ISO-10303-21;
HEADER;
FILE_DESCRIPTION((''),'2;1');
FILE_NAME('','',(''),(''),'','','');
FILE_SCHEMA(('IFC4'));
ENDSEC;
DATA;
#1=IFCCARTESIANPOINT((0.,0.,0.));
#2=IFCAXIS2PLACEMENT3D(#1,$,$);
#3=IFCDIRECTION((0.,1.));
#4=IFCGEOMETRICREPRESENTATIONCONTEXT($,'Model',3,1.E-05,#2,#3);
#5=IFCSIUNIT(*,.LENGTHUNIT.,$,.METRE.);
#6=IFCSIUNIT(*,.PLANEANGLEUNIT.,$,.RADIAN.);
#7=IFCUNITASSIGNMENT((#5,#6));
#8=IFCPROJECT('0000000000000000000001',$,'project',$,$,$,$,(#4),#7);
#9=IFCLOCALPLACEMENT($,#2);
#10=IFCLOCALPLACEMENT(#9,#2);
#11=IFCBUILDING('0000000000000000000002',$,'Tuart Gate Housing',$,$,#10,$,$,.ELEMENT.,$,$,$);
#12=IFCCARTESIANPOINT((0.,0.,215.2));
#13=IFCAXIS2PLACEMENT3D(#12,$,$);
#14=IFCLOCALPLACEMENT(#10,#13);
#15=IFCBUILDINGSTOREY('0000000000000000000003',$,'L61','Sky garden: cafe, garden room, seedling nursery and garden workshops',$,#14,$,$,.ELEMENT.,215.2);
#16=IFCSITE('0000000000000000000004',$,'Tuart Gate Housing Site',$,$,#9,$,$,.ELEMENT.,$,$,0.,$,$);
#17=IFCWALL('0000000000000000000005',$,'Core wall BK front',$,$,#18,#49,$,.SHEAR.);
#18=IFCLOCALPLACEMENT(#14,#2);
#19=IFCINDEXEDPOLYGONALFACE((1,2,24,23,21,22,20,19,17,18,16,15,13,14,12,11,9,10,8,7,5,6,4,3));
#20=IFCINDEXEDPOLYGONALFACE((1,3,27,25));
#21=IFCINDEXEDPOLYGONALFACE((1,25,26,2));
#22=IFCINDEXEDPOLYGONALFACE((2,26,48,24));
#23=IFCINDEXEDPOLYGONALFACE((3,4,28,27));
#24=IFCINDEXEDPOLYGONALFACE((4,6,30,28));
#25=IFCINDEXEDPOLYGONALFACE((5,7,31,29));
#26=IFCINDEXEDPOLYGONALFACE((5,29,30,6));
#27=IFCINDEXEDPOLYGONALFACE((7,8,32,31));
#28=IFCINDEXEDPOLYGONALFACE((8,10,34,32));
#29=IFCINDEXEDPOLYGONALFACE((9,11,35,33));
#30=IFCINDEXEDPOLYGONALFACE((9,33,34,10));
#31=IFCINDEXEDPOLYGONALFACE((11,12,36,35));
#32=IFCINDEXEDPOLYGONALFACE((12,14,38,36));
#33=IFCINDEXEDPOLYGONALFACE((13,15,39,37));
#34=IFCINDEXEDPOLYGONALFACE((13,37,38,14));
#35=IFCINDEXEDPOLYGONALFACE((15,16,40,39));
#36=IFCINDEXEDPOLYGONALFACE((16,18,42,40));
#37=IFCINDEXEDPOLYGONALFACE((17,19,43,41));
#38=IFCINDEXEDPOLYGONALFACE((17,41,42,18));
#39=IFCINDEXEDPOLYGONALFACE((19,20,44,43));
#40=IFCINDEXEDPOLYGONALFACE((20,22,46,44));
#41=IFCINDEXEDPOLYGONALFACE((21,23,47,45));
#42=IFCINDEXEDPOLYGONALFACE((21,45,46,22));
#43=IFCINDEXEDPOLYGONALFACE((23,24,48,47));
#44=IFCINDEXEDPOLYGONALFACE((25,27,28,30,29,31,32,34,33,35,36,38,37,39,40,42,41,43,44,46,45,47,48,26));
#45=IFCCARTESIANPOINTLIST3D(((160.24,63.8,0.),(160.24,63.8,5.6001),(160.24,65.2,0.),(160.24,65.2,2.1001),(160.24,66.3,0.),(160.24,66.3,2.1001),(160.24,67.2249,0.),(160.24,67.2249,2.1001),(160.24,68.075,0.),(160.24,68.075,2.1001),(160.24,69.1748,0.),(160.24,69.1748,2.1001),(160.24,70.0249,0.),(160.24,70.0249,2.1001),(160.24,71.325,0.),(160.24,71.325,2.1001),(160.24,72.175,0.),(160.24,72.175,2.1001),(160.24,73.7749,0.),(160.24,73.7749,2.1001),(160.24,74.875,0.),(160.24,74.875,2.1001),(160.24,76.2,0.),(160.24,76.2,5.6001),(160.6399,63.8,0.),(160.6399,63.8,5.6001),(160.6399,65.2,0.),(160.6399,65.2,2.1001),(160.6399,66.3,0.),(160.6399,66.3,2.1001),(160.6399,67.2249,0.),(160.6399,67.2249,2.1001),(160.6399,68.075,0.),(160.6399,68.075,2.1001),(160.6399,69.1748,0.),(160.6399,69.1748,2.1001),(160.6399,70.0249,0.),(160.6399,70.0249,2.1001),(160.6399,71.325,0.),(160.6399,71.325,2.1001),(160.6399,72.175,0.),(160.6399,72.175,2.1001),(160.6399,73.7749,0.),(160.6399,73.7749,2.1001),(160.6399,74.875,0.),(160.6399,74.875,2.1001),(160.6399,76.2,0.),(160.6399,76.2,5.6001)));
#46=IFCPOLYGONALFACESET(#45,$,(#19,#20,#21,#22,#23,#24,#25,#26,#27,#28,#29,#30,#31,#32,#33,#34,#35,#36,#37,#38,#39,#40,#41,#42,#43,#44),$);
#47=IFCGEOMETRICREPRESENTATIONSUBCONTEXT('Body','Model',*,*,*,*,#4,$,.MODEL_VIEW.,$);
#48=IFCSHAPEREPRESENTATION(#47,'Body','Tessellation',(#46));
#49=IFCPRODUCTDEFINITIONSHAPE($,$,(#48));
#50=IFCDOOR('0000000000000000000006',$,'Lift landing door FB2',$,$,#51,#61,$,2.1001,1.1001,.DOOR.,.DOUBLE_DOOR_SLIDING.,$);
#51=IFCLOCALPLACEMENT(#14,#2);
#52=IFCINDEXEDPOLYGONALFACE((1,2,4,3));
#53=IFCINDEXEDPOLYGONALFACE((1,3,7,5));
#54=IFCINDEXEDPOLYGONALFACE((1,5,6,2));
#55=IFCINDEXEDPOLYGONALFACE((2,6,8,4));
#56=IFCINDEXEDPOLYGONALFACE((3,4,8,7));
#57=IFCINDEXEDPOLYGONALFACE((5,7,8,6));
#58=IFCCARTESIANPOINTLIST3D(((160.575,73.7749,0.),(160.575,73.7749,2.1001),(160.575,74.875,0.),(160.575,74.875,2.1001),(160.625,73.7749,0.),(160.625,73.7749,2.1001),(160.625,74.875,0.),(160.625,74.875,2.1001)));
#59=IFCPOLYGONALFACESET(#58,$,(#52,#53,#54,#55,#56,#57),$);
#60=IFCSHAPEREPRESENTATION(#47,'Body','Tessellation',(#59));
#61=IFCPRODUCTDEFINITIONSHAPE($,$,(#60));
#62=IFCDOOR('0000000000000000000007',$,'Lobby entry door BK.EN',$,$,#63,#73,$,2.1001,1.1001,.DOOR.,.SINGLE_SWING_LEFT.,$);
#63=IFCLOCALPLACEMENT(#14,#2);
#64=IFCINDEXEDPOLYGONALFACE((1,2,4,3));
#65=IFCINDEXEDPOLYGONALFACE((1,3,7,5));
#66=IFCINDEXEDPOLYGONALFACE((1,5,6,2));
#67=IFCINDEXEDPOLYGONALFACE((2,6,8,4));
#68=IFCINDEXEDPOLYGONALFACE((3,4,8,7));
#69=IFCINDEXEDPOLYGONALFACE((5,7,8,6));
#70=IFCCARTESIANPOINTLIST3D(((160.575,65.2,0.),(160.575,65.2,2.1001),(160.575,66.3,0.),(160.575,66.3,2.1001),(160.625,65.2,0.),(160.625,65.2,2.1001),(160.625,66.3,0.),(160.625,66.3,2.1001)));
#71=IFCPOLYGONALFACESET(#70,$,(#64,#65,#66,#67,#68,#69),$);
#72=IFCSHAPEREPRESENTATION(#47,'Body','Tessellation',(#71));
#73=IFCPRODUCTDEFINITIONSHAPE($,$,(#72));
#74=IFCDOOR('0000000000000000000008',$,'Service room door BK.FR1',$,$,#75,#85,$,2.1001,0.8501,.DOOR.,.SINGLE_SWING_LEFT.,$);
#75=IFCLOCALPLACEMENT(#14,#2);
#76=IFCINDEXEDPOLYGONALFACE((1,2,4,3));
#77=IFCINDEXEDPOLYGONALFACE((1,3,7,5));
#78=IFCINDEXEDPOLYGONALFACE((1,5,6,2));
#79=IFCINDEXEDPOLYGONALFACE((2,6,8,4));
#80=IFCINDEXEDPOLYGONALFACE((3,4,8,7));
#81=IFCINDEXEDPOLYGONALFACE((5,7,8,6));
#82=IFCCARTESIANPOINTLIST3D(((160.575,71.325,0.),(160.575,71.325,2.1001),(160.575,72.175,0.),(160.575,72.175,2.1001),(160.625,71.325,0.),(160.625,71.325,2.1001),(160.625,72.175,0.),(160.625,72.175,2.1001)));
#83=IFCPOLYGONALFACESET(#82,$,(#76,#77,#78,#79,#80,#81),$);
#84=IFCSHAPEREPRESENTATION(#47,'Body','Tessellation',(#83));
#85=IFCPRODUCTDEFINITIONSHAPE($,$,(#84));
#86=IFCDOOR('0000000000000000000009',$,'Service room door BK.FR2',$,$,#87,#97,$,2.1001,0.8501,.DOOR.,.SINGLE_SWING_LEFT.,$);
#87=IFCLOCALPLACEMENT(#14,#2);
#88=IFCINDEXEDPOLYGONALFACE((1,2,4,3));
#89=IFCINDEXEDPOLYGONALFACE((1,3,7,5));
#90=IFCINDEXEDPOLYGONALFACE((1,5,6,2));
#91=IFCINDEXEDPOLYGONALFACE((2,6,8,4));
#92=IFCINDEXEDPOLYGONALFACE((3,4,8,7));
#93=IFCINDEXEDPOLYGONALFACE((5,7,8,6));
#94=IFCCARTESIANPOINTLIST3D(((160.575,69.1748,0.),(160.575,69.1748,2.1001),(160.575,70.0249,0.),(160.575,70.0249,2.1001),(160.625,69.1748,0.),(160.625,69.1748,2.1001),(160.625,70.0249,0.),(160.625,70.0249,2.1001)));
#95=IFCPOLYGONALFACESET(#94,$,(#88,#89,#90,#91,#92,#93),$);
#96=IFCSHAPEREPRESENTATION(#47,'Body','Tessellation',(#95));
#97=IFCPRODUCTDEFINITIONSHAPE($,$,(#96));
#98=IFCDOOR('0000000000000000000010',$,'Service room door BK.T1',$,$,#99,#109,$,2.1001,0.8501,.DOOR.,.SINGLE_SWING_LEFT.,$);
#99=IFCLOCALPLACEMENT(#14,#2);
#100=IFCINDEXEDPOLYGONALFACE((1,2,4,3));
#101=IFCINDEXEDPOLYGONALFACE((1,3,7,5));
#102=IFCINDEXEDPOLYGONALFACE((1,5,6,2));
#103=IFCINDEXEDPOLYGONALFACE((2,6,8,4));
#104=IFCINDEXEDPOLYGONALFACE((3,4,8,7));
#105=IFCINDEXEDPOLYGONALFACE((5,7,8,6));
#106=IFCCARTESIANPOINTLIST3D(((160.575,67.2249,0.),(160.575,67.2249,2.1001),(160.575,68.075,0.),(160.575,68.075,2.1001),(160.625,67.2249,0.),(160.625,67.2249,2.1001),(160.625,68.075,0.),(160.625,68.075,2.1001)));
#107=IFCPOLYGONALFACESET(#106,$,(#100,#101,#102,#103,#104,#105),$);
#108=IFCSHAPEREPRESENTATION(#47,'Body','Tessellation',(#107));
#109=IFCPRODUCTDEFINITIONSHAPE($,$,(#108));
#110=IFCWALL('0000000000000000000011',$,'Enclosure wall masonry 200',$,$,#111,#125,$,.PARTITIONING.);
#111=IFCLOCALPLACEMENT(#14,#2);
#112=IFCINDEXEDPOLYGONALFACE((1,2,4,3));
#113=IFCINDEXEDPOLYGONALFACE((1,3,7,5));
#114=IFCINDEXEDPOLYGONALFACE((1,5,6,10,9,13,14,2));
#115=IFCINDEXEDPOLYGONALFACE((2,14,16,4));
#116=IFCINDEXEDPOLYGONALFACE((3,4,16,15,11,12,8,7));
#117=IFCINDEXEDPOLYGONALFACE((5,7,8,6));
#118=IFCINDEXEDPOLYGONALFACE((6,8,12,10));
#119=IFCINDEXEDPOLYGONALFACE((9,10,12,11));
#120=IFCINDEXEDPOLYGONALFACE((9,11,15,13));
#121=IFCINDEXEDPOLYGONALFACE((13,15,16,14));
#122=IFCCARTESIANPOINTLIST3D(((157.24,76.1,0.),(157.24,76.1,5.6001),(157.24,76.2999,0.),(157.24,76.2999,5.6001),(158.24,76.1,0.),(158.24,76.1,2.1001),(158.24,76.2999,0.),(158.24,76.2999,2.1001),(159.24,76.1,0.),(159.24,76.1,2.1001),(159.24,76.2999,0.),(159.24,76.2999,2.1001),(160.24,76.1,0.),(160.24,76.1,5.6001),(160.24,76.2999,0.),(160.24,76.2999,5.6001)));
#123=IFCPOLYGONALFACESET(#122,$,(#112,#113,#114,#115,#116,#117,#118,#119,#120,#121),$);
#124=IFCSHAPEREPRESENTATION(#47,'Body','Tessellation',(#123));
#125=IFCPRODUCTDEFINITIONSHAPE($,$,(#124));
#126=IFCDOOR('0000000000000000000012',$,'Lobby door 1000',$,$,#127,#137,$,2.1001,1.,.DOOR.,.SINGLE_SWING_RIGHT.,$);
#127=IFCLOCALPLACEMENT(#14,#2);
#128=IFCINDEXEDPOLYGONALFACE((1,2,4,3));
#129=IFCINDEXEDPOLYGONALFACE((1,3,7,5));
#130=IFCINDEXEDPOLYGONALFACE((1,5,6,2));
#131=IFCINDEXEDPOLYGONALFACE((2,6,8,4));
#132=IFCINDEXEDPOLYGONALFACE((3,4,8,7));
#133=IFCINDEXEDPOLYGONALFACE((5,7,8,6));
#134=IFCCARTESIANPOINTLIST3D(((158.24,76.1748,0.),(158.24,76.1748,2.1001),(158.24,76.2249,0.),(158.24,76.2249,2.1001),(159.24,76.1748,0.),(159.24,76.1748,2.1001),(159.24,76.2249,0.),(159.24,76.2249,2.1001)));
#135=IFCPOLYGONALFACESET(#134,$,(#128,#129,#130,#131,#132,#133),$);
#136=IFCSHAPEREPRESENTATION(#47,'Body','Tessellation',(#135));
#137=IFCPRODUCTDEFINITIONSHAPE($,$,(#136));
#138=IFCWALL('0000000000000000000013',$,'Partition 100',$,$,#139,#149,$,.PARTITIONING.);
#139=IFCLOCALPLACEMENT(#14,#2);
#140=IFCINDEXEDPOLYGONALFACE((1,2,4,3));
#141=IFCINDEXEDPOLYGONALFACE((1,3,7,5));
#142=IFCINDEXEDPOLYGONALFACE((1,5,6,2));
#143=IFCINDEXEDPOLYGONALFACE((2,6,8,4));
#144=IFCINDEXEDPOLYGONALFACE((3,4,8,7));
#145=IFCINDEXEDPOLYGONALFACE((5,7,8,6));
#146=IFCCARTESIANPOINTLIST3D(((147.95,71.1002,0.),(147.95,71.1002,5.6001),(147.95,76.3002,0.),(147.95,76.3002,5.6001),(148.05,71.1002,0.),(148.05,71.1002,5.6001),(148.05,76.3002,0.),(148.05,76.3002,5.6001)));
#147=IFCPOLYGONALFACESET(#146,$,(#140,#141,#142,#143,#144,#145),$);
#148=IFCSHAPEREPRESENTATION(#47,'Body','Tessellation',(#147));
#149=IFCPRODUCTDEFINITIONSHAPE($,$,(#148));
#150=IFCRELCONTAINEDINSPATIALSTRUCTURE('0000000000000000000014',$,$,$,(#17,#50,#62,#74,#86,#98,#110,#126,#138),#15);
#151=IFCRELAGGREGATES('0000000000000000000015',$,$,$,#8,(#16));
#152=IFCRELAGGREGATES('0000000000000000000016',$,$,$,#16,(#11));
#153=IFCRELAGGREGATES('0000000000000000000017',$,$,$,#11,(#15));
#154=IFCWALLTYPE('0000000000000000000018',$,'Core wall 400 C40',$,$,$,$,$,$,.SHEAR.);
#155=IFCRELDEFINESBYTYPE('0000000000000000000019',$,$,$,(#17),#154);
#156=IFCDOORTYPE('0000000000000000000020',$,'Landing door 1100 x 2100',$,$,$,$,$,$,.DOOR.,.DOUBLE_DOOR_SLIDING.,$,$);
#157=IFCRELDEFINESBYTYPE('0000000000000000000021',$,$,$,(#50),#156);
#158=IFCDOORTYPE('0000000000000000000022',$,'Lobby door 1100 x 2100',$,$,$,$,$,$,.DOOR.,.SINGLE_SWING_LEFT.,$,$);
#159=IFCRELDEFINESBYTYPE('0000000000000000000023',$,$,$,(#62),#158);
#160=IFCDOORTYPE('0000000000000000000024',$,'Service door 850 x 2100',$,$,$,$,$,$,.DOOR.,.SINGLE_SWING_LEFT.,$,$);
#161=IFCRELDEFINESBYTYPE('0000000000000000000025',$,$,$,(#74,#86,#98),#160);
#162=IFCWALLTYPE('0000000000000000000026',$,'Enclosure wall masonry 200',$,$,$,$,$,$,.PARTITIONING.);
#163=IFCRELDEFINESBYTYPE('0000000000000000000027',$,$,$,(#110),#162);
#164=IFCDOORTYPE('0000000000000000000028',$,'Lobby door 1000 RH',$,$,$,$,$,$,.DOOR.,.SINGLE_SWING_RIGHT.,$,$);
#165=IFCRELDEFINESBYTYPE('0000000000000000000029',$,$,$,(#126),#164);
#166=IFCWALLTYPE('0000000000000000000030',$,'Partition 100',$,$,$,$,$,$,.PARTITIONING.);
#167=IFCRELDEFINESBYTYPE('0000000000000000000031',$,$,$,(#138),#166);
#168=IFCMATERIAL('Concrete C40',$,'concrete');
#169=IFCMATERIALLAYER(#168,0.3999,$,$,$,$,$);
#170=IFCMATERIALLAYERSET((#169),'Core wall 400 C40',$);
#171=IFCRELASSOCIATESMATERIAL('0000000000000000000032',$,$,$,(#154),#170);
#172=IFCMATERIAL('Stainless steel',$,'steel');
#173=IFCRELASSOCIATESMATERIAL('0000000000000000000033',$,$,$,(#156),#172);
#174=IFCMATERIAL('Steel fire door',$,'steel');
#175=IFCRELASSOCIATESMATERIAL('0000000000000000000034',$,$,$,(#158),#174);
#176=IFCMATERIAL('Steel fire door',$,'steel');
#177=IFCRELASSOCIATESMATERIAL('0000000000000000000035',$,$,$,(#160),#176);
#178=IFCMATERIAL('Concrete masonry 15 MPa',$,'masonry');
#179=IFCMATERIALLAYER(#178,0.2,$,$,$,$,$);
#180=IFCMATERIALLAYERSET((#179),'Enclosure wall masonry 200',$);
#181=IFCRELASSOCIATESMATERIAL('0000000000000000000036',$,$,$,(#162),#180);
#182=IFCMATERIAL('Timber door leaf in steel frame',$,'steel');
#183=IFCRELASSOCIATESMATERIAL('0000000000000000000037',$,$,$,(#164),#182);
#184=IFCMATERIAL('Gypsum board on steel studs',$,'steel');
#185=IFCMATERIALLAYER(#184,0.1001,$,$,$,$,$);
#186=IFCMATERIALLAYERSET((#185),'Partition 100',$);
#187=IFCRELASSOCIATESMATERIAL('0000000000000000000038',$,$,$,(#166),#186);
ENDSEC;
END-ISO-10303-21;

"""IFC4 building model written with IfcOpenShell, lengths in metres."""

from ifc_helpers import new_model, si_unit, direction, frame, frame_2d, origin, place, context, subcontext, project, spatial, rectangle, extrude, material, layer, layer_set, type_object, element, fill, save


model = new_model("IFC4")

# Units and contexts
model_context = context("Model", 3, precision=1e-05, world=origin(), true_north=direction((0.0, 1.0)))
body_context = subcontext(model_context, "Body", "Model", "MODEL_VIEW")
ifc_project = project(units=[si_unit("LENGTHUNIT", "METRE"), si_unit("PLANEANGLEUNIT", "RADIAN")], contexts=[model_context])

# Site, building, storey
site_placement = place(None, origin())
site = spatial("IfcSite", under=ifc_project, at=site_placement, Name="Tuart Gate Housing Site", CompositionType="ELEMENT", RefElevation=0.0)
building_placement = place(site_placement, origin())
building = spatial("IfcBuilding", under=site, at=building_placement, Name="Tuart Gate Housing", CompositionType="ELEMENT")
storey_placement = place(building_placement, frame((0.0, 0.0, 215.2)))
storey = spatial("IfcBuildingStorey", under=building, at=storey_placement, Name="L61", Description="Sky garden: cafe, garden room, seedling nursery and garden workshops", CompositionType="ELEMENT", Elevation=215.2)

# Wall, openings, doors
ifc_material_1 = material(Name="Concrete C40", Category="concrete")
ifc_layer_1 = layer(ifc_material_1, 0.3999)
ifc_layer_set_1 = layer_set([ifc_layer_1], Name="Core wall 400 C40")
wall_type_1 = type_object("IfcWallType", Name="Core wall 400 C40", PredefinedType="SHEAR", material=ifc_layer_set_1)
wall_1_placement = place(storey_placement, frame((160.4399, 76.2, 0.0), z_axis=(0.0, 0.0, 1.0), x_axis=(0.0, -1.0, 0.0)))
wall_1 = element("IfcWall", 1, at=wall_1_placement, inside=storey, type_object=wall_type_1, Name="Core wall BK front", PredefinedType="SHEAR", context=body_context, shape_type="SweptSolid", body=[
    extrude(rectangle(XDim=12.3999, YDim=0.3999, at=frame_2d((6.2, 0.0))), origin(), (0.0, 0.0, 1.0), 5.6001),
])
opening_1_placement = place(wall_1_placement, frame((1.325, 0.0, 0.0)))
opening_1 = element("IfcOpeningElement", 2, at=opening_1_placement, cuts=wall_1, PredefinedType="OPENING", context=body_context, shape_type="SweptSolid", body=[
    extrude(rectangle(XDim=1.1001, YDim=2.1001, at=frame_2d((0.55, 1.05))), frame((0.0, 0.21, 0.0), z_axis=(0.0, -1.0, 0.0), x_axis=(1.0, 0.0, 0.0)), (0.0, 0.0, 1.0), 0.4199),
])
opening_2_placement = place(wall_1_placement, frame((4.0249, 0.0, 0.0)))
opening_2 = element("IfcOpeningElement", 3, at=opening_2_placement, cuts=wall_1, PredefinedType="OPENING", context=body_context, shape_type="SweptSolid", body=[
    extrude(rectangle(XDim=0.8501, YDim=2.1001, at=frame_2d((0.425, 1.05))), frame((0.0, 0.21, 0.0), z_axis=(0.0, -1.0, 0.0), x_axis=(1.0, 0.0, 0.0)), (0.0, 0.0, 1.0), 0.4199),
])
opening_3_placement = place(wall_1_placement, frame((6.175, 0.0, 0.0)))
opening_3 = element("IfcOpeningElement", 4, at=opening_3_placement, cuts=wall_1, PredefinedType="OPENING", context=body_context, shape_type="SweptSolid", body=[
    extrude(rectangle(XDim=0.8501, YDim=2.1001, at=frame_2d((0.425, 1.05))), frame((0.0, 0.21, 0.0), z_axis=(0.0, -1.0, 0.0), x_axis=(1.0, 0.0, 0.0)), (0.0, 0.0, 1.0), 0.4199),
])
opening_4_placement = place(wall_1_placement, frame((9.8999, 0.0, 0.0)))
opening_4 = element("IfcOpeningElement", 5, at=opening_4_placement, cuts=wall_1, PredefinedType="OPENING", context=body_context, shape_type="SweptSolid", body=[
    extrude(rectangle(XDim=1.1001, YDim=2.1001, at=frame_2d((0.55, 1.05))), frame((0.0, 0.21, 0.0), z_axis=(0.0, -1.0, 0.0), x_axis=(1.0, 0.0, 0.0)), (0.0, 0.0, 1.0), 0.4199),
])
opening_5_placement = place(wall_1_placement, frame((8.125, 0.0, 0.0)))
opening_5 = element("IfcOpeningElement", 6, at=opening_5_placement, cuts=wall_1, PredefinedType="OPENING", context=body_context, shape_type="SweptSolid", body=[
    extrude(rectangle(XDim=0.8501, YDim=2.1001, at=frame_2d((0.425, 1.05))), frame((0.0, 0.21, 0.0), z_axis=(0.0, -1.0, 0.0), x_axis=(1.0, 0.0, 0.0)), (0.0, 0.0, 1.0), 0.4199),
])
ifc_material_2 = material(Name="Stainless steel", Category="steel")
door_type_1 = type_object("IfcDoorType", Name="Landing door 1100 x 2100", OperationType="DOUBLE_DOOR_SLIDING", PredefinedType="DOOR", material=ifc_material_2)
door_1_placement = place(opening_1_placement, origin())
door_1 = element("IfcDoor", 7, at=door_1_placement, inside=storey, type_object=door_type_1, Name="Lift landing door FB2", OperationType="DOUBLE_DOOR_SLIDING", OverallHeight=2.1001, OverallWidth=1.1001, PredefinedType="DOOR", context=body_context, shape_type="SweptSolid", body=[
    extrude(rectangle(XDim=1.1001, YDim=2.1001, at=frame_2d((0.55, 1.05))), frame((0.0, 0.1851, 0.0), z_axis=(0.0, -1.0, 0.0), x_axis=(1.0, 0.0, 0.0)), (0.0, 0.0, 1.0), 0.05),
])
fill(opening_1, door_1)
ifc_material_3 = material(Name="Steel fire door", Category="steel")
door_type_2 = type_object("IfcDoorType", Name="Lobby door 1100 x 2100", OperationType="SINGLE_SWING_LEFT", PredefinedType="DOOR", material=ifc_material_3)
door_2_placement = place(opening_4_placement, origin())
door_2 = element("IfcDoor", 8, at=door_2_placement, inside=storey, type_object=door_type_2, Name="Lobby entry door BK.EN", OperationType="SINGLE_SWING_LEFT", OverallHeight=2.1001, OverallWidth=1.1001, PredefinedType="DOOR", context=body_context, shape_type="SweptSolid", body=[
    extrude(rectangle(XDim=1.1001, YDim=2.1001, at=frame_2d((0.55, 1.05))), frame((0.0, 0.1851, 0.0), z_axis=(0.0, -1.0, 0.0), x_axis=(1.0, 0.0, 0.0)), (0.0, 0.0, 1.0), 0.05),
])
fill(opening_4, door_2)
ifc_material_4 = material(Name="Steel fire door", Category="steel")
door_type_3 = type_object("IfcDoorType", Name="Service door 850 x 2100", OperationType="SINGLE_SWING_LEFT", PredefinedType="DOOR", material=ifc_material_4)
door_3_placement = place(opening_2_placement, origin())
door_3 = element("IfcDoor", 9, at=door_3_placement, inside=storey, type_object=door_type_3, Name="Service room door BK.FR1", OperationType="SINGLE_SWING_LEFT", OverallHeight=2.1001, OverallWidth=0.8501, PredefinedType="DOOR", context=body_context, shape_type="SweptSolid", body=[
    extrude(rectangle(XDim=0.8501, YDim=2.1001, at=frame_2d((0.425, 1.05))), frame((0.0, 0.1851, 0.0), z_axis=(0.0, -1.0, 0.0), x_axis=(1.0, 0.0, 0.0)), (0.0, 0.0, 1.0), 0.05),
])
fill(opening_2, door_3)
door_4_placement = place(opening_3_placement, origin())
door_4 = element("IfcDoor", 10, at=door_4_placement, inside=storey, type_object=door_type_3, Name="Service room door BK.FR2", OperationType="SINGLE_SWING_LEFT", OverallHeight=2.1001, OverallWidth=0.8501, PredefinedType="DOOR", context=body_context, shape_type="SweptSolid", body=[
    extrude(rectangle(XDim=0.8501, YDim=2.1001, at=frame_2d((0.425, 1.05))), frame((0.0, 0.1851, 0.0), z_axis=(0.0, -1.0, 0.0), x_axis=(1.0, 0.0, 0.0)), (0.0, 0.0, 1.0), 0.05),
])
fill(opening_3, door_4)
door_5_placement = place(opening_5_placement, origin())
door_5 = element("IfcDoor", 11, at=door_5_placement, inside=storey, type_object=door_type_3, Name="Service room door BK.T1", OperationType="SINGLE_SWING_LEFT", OverallHeight=2.1001, OverallWidth=0.8501, PredefinedType="DOOR", context=body_context, shape_type="SweptSolid", body=[
    extrude(rectangle(XDim=0.8501, YDim=2.1001, at=frame_2d((0.425, 1.05))), frame((0.0, 0.1851, 0.0), z_axis=(0.0, -1.0, 0.0), x_axis=(1.0, 0.0, 0.0)), (0.0, 0.0, 1.0), 0.05),
])
fill(opening_5, door_5)

# Wall, opening, door
ifc_material_5 = material(Name="Concrete masonry 15 MPa", Category="masonry")
ifc_layer_2 = layer(ifc_material_5, 0.2)
ifc_layer_set_2 = layer_set([ifc_layer_2], Name="Enclosure wall masonry 200")
wall_type_2 = type_object("IfcWallType", Name="Enclosure wall masonry 200", PredefinedType="PARTITIONING", material=ifc_layer_set_2)
wall_2_placement = place(storey_placement, frame((157.24, 76.2, 0.0), z_axis=(0.0, 0.0, 1.0), x_axis=(1.0, 0.0, 0.0)))
wall_2 = element("IfcWall", 12, at=wall_2_placement, inside=storey, type_object=wall_type_2, Name="Enclosure wall masonry 200", PredefinedType="PARTITIONING", context=body_context, shape_type="SweptSolid", body=[
    extrude(rectangle(XDim=3.0, YDim=0.2, at=frame_2d((1.5, 0.0))), origin(), (0.0, 0.0, 1.0), 5.6001),
])
opening_6_placement = place(wall_2_placement, frame((1.0, 0.0, 0.0)))
opening_6 = element("IfcOpeningElement", 13, at=opening_6_placement, cuts=wall_2, PredefinedType="OPENING", context=body_context, shape_type="SweptSolid", body=[
    extrude(rectangle(XDim=1.0, YDim=2.1001, at=frame_2d((0.5, 1.05))), frame((0.0, 0.1099, 0.0), z_axis=(0.0, -1.0, 0.0), x_axis=(1.0, 0.0, 0.0)), (0.0, 0.0, 1.0), 0.22),
])
ifc_material_6 = material(Name="Timber door leaf in steel frame", Category="steel")
door_type_4 = type_object("IfcDoorType", Name="Lobby door 1000 RH", OperationType="SINGLE_SWING_RIGHT", PredefinedType="DOOR", material=ifc_material_6)
door_6_placement = place(opening_6_placement, frame((1.0, 0.0, 0.0), z_axis=(0.0, 0.0, 1.0), x_axis=(-1.0, 0.0, 0.0)))
door_6 = element("IfcDoor", 14, at=door_6_placement, inside=storey, type_object=door_type_4, Name="Lobby door 1000", OperationType="SINGLE_SWING_RIGHT", OverallHeight=2.1001, OverallWidth=1.0, PredefinedType="DOOR", context=body_context, shape_type="SweptSolid", body=[
    extrude(rectangle(XDim=1.0, YDim=2.1001, at=frame_2d((0.5, 1.05))), frame((0.0, 0.0251, 0.0), z_axis=(0.0, -1.0, 0.0), x_axis=(1.0, 0.0, 0.0)), (0.0, 0.0, 1.0), 0.05),
])
fill(opening_6, door_6)

# Wall
ifc_material_7 = material(Name="Gypsum board on steel studs", Category="steel")
ifc_layer_3 = layer(ifc_material_7, 0.1001)
ifc_layer_set_3 = layer_set([ifc_layer_3], Name="Partition 100")
wall_type_3 = type_object("IfcWallType", Name="Partition 100", PredefinedType="PARTITIONING", material=ifc_layer_set_3)
wall_3_placement = place(storey_placement, frame((148.0, 71.1001, 0.0), z_axis=(0.0, 0.0, 1.0), x_axis=(0.0, 1.0, 0.0)))
element("IfcWall", 15, at=wall_3_placement, inside=storey, type_object=wall_type_3, Name="Partition 100", PredefinedType="PARTITIONING", context=body_context, shape_type="SweptSolid", body=[
    extrude(rectangle(XDim=5.2, YDim=0.1001, at=frame_2d((2.6001, 0.0))), origin(), (0.0, 0.0, 1.0), 5.6001),
])

save(model, "model.ifc")
